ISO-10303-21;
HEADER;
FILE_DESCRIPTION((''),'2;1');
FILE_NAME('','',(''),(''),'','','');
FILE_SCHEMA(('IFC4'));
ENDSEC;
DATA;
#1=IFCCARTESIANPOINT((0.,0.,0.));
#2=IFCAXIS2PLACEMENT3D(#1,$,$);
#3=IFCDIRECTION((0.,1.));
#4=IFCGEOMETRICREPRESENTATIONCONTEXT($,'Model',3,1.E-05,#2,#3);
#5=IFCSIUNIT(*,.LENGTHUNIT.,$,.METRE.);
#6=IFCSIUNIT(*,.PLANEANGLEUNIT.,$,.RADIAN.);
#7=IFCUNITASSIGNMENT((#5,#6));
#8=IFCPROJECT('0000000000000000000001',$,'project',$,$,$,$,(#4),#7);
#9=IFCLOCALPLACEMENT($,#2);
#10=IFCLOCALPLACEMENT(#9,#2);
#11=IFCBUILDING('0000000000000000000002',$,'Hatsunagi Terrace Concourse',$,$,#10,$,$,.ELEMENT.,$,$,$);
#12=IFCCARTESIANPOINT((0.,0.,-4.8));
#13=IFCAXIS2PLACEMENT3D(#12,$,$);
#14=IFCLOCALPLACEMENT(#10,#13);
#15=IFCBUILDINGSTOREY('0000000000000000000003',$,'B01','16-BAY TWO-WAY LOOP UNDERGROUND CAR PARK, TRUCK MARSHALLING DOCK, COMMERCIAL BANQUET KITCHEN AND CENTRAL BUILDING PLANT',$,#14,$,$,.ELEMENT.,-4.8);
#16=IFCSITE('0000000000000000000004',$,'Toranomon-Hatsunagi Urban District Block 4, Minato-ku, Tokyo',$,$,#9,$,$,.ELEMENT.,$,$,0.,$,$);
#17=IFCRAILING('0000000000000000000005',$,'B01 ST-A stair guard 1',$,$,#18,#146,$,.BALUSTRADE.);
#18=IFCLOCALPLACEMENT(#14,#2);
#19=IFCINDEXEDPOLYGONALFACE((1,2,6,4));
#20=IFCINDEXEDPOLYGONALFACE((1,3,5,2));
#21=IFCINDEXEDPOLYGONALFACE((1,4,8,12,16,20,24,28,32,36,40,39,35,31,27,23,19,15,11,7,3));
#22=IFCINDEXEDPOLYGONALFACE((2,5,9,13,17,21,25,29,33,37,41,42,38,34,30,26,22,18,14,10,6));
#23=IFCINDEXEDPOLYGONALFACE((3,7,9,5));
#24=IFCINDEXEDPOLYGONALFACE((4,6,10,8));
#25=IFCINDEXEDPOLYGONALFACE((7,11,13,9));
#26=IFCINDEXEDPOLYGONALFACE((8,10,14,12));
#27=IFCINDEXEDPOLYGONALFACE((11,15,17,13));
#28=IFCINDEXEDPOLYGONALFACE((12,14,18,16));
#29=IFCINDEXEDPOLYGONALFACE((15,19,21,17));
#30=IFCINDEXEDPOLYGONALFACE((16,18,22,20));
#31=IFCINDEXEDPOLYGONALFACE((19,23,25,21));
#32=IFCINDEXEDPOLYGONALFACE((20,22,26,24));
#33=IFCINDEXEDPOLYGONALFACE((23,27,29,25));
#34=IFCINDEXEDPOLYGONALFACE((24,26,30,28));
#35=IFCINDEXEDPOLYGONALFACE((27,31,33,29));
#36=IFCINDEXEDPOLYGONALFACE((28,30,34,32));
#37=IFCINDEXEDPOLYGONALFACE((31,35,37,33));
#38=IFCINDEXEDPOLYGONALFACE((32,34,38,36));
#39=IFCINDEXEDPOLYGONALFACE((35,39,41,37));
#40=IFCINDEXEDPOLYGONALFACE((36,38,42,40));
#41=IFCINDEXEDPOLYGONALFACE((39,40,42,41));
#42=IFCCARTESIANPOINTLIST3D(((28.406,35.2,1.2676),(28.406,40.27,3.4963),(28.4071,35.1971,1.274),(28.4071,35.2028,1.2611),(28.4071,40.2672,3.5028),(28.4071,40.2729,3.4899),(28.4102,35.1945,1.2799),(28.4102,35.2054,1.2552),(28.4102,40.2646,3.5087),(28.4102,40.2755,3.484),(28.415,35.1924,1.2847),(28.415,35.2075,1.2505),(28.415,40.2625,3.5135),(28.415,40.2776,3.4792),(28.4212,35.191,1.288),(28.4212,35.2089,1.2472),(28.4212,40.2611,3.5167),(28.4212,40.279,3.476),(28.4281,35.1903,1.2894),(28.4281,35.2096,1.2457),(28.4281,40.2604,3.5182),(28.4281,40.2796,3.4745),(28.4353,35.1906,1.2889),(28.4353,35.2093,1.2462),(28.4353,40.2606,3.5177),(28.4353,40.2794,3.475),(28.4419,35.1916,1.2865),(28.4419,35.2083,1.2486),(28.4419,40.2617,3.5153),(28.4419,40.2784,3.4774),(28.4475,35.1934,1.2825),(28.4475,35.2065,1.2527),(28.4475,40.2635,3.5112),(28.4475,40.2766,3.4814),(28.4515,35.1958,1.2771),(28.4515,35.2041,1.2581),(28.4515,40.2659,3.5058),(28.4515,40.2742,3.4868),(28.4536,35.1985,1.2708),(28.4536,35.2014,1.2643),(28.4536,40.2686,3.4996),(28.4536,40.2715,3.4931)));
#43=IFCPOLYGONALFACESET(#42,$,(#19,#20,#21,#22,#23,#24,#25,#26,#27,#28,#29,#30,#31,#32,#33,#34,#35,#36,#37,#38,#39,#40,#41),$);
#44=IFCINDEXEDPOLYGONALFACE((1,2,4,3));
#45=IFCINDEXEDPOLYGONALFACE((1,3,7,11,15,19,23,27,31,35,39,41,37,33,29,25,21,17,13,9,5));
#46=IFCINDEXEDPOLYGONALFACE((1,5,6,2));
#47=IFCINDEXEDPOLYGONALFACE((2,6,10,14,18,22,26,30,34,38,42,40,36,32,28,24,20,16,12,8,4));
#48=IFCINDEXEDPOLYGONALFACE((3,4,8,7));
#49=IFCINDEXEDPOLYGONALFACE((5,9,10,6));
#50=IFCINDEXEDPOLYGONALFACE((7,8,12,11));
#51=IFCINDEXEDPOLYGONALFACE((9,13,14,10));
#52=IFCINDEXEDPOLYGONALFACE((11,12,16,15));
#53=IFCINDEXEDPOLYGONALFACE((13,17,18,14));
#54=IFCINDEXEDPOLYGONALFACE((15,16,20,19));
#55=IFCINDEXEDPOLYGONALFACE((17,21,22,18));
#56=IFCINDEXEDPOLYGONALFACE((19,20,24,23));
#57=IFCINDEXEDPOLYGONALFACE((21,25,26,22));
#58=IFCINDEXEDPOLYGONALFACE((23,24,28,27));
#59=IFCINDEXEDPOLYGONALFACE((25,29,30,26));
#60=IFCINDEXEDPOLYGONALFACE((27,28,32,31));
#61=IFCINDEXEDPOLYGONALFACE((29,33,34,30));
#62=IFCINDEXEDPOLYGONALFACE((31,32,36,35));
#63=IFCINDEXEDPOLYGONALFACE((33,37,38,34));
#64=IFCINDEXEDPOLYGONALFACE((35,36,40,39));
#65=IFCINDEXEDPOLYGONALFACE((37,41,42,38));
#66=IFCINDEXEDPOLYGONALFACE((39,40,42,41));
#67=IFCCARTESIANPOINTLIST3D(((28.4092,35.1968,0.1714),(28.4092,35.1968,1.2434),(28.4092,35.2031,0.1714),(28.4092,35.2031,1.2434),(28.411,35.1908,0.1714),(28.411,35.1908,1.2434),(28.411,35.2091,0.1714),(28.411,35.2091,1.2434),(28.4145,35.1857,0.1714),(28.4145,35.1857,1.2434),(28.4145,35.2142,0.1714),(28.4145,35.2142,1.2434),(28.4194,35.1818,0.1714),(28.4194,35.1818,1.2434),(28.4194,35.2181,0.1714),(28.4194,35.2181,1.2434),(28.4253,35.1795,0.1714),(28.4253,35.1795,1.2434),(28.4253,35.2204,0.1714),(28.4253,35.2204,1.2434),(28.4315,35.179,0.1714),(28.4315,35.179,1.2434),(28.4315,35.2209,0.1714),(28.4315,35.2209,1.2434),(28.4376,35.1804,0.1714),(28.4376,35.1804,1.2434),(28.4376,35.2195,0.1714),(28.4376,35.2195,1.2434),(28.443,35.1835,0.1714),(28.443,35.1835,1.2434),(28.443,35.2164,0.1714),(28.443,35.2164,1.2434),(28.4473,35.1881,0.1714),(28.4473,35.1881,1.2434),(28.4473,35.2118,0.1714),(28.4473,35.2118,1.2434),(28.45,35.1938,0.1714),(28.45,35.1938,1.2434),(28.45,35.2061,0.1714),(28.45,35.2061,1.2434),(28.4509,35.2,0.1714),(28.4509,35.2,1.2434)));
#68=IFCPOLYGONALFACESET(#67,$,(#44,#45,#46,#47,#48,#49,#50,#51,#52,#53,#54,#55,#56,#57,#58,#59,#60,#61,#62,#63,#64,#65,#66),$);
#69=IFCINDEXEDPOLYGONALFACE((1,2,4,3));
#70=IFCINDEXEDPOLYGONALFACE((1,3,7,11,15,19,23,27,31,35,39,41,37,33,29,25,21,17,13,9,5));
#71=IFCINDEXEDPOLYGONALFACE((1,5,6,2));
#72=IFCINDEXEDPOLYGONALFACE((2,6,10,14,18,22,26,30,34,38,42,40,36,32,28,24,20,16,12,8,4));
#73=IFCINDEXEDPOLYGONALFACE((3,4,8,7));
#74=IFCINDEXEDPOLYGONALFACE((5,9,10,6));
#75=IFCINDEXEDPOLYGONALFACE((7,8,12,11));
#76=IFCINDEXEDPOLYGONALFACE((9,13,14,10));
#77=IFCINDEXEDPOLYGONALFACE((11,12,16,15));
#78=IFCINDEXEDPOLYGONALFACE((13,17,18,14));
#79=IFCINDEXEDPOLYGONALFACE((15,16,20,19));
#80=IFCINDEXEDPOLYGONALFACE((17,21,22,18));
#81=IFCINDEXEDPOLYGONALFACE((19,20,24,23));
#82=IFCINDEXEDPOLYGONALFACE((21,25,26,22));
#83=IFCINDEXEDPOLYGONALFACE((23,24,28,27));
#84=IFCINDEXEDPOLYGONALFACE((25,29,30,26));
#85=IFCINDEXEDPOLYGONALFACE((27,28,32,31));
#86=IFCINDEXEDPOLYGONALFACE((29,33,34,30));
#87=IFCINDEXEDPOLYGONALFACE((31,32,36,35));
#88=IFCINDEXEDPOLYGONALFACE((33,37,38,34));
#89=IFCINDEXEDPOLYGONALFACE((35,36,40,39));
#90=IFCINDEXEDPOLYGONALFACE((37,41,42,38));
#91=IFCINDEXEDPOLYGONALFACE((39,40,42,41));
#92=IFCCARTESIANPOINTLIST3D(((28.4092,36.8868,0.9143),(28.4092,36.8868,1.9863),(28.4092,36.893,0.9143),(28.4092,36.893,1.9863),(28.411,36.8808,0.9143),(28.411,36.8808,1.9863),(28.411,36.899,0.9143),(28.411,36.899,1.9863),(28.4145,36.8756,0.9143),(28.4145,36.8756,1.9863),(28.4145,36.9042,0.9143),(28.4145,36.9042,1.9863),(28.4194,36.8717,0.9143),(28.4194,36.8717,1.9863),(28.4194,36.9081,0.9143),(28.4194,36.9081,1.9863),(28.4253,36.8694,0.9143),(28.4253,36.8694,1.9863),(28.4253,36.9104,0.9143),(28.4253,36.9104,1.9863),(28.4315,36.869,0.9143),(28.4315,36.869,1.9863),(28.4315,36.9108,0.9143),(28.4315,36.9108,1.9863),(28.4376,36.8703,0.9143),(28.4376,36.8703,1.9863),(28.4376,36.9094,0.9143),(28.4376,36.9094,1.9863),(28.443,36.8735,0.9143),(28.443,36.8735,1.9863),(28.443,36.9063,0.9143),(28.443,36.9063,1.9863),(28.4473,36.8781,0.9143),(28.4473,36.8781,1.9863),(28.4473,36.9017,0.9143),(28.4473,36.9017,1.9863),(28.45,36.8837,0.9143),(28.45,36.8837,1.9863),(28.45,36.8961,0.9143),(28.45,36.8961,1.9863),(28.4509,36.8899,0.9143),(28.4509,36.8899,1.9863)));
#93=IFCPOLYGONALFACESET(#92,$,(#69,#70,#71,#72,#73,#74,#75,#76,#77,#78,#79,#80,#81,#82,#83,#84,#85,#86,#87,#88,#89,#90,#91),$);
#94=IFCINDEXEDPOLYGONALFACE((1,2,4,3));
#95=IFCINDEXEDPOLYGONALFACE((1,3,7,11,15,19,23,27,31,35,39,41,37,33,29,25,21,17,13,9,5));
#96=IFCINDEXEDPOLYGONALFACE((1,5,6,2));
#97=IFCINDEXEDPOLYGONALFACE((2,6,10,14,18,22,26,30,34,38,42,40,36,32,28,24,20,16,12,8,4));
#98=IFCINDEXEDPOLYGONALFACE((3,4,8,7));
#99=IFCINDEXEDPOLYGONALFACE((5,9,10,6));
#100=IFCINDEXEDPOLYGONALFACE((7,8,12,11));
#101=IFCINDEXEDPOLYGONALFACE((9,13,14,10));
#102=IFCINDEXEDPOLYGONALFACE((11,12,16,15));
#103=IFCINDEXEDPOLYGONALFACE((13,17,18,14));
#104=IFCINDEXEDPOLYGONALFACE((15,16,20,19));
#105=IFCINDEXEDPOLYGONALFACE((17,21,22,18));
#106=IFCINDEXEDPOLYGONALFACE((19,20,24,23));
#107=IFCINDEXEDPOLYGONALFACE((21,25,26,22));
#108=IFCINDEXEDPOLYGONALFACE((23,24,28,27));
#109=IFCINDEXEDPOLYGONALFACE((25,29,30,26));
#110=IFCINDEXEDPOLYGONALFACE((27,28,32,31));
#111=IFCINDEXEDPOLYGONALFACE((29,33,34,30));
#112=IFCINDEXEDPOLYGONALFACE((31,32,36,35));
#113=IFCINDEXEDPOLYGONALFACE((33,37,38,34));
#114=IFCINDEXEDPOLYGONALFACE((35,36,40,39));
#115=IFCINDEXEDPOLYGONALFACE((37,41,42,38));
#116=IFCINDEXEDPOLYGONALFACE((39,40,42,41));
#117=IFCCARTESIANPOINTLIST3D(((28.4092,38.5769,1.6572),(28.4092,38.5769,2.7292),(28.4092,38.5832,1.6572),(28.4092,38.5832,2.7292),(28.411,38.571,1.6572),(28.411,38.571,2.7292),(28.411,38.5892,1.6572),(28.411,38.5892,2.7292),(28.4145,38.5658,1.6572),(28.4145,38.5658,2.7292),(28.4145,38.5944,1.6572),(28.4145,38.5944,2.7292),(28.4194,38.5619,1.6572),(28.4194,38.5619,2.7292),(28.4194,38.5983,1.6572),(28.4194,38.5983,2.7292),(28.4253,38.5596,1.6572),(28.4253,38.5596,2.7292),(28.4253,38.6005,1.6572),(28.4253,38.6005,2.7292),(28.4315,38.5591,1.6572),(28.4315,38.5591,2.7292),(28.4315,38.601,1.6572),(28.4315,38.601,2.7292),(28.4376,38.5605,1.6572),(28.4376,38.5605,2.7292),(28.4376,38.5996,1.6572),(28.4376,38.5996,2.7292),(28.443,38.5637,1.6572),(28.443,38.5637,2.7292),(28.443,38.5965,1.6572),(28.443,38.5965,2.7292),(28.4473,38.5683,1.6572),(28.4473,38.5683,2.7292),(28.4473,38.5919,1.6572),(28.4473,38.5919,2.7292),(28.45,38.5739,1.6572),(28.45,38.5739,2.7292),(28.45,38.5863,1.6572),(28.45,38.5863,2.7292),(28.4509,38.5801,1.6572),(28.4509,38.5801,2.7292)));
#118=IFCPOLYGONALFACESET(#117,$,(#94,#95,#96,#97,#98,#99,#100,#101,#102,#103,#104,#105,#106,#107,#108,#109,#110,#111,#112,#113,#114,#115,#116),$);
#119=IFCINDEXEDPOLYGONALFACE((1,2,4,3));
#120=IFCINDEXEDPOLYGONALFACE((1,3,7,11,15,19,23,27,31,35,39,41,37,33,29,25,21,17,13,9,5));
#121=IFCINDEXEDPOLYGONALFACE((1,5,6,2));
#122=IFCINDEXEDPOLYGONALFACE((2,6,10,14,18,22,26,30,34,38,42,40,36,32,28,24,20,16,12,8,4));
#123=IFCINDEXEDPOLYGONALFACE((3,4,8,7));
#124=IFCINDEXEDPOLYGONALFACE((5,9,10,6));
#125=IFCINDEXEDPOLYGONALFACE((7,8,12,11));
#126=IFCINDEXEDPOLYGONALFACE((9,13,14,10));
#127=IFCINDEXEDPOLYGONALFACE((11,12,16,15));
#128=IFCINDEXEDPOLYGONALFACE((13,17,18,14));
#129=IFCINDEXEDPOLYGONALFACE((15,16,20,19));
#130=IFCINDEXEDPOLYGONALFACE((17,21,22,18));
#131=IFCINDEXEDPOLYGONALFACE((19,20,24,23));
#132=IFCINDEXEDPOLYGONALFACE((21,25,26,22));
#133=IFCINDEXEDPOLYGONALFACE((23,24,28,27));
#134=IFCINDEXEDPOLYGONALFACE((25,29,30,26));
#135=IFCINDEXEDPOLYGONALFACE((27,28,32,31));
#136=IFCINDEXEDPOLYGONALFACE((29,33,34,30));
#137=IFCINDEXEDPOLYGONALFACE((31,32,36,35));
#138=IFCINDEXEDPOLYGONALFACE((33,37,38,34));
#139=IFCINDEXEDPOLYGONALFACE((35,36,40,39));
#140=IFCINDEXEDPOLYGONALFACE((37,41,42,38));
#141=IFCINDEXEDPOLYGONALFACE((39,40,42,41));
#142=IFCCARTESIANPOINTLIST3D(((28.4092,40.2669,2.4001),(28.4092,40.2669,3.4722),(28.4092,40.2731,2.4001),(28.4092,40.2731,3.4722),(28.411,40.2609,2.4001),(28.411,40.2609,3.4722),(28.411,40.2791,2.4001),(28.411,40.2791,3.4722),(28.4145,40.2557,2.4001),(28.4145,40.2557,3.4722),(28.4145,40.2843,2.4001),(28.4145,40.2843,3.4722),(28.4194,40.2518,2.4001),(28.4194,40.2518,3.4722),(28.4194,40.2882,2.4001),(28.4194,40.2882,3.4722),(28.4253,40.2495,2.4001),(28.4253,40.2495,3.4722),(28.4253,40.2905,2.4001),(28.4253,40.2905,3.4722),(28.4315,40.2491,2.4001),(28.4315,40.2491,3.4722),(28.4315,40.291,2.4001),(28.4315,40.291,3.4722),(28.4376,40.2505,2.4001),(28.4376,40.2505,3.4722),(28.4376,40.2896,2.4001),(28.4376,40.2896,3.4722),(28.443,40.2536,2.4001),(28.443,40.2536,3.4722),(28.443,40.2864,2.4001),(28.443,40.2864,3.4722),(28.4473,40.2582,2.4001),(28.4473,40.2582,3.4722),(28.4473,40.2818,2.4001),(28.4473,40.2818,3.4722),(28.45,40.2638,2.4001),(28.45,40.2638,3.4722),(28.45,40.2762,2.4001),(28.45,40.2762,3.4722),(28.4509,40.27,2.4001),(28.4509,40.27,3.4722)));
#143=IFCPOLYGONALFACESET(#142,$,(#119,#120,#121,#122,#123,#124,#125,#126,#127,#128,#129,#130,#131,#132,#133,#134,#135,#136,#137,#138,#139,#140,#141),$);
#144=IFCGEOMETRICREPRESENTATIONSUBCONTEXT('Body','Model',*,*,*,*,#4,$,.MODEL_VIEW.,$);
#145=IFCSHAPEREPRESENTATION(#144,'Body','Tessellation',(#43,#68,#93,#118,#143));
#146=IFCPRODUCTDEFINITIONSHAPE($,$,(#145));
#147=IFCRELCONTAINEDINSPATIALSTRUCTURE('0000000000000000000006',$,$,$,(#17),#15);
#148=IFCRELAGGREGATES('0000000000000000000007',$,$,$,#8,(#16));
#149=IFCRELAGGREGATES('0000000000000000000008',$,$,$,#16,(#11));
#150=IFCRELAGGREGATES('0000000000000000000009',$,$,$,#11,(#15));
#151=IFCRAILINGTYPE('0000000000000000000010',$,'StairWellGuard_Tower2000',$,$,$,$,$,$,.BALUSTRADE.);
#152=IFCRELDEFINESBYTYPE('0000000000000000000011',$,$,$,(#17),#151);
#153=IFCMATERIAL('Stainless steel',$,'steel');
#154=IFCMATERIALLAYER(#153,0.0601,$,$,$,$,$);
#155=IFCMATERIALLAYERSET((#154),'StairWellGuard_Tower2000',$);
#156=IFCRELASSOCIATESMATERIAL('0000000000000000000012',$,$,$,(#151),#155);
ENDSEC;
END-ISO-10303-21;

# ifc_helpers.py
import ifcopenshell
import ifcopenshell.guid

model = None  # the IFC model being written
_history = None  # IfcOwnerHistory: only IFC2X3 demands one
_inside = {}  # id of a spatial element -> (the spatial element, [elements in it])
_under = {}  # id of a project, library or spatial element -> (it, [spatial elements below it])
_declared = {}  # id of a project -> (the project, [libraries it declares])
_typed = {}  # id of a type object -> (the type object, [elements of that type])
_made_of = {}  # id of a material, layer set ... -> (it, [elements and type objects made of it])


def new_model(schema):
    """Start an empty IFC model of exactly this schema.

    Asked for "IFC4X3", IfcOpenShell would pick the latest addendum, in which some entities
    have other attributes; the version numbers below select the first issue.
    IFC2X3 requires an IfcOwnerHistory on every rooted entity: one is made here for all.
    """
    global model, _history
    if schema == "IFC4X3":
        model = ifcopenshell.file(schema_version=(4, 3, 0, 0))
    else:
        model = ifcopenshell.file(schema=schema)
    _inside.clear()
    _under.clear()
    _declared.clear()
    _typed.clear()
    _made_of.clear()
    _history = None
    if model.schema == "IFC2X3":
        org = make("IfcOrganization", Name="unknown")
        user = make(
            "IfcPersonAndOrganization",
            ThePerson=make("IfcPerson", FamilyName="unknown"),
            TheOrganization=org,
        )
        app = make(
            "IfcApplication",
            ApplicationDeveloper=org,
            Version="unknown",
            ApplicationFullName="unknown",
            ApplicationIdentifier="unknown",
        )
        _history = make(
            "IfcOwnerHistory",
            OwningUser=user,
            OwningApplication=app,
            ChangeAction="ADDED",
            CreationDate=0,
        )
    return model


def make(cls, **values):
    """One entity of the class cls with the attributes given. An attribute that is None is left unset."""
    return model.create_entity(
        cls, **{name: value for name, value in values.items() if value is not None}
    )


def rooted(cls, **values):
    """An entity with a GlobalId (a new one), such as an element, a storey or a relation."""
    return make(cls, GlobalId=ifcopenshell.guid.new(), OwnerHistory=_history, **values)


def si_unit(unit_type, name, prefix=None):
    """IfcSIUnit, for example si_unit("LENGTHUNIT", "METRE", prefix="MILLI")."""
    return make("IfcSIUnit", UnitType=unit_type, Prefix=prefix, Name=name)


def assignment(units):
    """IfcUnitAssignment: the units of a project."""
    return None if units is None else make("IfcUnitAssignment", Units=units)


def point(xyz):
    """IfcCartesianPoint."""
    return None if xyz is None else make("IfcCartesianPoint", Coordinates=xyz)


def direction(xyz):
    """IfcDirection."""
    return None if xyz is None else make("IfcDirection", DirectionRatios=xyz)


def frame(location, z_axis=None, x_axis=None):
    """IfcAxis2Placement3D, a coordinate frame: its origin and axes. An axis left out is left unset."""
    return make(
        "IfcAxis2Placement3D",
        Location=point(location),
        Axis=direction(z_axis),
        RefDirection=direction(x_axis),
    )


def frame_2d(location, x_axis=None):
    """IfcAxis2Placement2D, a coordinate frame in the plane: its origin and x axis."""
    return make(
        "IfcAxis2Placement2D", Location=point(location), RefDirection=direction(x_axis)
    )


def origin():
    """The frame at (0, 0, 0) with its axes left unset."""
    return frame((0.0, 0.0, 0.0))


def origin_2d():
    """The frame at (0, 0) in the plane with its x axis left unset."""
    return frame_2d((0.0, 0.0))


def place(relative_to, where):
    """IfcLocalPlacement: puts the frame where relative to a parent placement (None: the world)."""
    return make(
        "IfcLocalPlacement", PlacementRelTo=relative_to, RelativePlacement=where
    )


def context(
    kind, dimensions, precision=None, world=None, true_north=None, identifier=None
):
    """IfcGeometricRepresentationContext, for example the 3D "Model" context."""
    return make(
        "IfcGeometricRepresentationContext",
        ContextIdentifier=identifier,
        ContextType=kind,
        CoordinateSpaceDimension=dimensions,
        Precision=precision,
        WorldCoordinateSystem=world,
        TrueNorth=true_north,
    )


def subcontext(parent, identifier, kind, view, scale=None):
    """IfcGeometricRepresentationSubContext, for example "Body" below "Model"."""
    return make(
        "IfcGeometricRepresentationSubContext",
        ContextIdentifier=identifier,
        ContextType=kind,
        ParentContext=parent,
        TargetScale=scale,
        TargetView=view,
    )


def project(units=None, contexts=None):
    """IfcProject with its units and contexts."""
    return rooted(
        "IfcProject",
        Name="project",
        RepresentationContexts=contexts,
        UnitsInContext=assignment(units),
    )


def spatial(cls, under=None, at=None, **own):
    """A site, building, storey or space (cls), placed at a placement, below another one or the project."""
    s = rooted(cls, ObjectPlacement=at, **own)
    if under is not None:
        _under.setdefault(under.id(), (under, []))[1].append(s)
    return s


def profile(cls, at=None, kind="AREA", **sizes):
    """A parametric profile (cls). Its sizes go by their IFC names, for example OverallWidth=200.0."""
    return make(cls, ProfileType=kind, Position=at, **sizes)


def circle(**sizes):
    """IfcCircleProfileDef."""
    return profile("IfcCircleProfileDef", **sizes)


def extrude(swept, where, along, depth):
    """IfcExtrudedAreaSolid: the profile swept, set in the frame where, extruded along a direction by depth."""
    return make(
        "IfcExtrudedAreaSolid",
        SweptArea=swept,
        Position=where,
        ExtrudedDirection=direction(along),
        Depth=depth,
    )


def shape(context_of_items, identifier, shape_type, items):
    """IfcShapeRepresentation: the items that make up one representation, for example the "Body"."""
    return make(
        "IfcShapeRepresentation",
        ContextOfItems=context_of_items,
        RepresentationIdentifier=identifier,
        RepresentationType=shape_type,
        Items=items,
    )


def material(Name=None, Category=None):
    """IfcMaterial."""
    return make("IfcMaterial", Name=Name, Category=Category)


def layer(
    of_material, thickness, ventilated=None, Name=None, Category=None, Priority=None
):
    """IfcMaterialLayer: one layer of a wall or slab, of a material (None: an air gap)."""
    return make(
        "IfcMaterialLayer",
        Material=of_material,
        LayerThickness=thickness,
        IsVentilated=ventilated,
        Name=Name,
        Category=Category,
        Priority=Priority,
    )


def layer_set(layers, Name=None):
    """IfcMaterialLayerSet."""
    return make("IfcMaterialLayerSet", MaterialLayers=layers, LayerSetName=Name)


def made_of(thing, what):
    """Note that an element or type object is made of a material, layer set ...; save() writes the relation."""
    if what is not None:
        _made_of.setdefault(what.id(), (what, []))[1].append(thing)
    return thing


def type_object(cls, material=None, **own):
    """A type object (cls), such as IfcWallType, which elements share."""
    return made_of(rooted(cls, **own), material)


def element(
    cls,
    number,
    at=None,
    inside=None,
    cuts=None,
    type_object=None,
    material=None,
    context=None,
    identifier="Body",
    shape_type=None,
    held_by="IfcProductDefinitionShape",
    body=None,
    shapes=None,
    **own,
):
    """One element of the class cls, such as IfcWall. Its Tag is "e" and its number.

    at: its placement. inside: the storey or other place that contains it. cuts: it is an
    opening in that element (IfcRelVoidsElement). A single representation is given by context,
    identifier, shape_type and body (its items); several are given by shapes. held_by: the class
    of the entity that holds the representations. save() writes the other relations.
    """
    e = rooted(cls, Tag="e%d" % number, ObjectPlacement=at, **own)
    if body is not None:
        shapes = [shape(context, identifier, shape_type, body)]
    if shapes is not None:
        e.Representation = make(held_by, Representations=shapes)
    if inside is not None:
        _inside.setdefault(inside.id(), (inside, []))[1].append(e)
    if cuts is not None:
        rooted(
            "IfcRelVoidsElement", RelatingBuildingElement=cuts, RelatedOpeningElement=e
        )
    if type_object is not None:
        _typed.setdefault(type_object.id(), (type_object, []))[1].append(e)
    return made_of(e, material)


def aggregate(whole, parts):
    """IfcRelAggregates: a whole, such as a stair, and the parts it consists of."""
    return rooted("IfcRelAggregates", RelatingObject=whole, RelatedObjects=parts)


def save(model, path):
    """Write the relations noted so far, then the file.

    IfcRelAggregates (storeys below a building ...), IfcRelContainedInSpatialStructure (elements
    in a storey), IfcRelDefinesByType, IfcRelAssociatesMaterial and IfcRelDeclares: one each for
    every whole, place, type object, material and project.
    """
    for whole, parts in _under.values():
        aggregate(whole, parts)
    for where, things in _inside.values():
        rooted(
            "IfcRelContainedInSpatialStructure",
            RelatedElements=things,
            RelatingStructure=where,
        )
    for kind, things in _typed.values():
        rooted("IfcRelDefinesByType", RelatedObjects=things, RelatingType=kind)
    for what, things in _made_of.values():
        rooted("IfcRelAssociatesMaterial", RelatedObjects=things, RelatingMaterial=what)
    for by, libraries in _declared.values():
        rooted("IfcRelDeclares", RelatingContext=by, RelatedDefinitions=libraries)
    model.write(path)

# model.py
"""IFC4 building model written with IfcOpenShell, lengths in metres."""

from ifc_helpers import new_model, si_unit, direction, frame, origin, origin_2d, place, context, subcontext, project, spatial, circle, extrude, material, layer, layer_set, type_object, element, save


model = new_model("IFC4")

# Units and contexts
model_context = context("Model", 3, precision=1e-05, world=origin(), true_north=direction((0.0, 1.0)))
body_context = subcontext(model_context, "Body", "Model", "MODEL_VIEW")
ifc_project = project(units=[si_unit("LENGTHUNIT", "METRE"), si_unit("PLANEANGLEUNIT", "RADIAN")], contexts=[model_context])

# Site, building, storey
site_placement = place(None, origin())
site = spatial("IfcSite", under=ifc_project, at=site_placement, Name="Toranomon-Hatsunagi Urban District Block 4, Minato-ku, Tokyo", CompositionType="ELEMENT", RefElevation=0.0)
building_placement = place(site_placement, origin())
building = spatial("IfcBuilding", under=site, at=building_placement, Name="Hatsunagi Terrace Concourse", CompositionType="ELEMENT")
storey_placement = place(building_placement, frame((0.0, 0.0, -4.8)))
storey = spatial("IfcBuildingStorey", under=building, at=storey_placement, Name="B01", Description="16-BAY TWO-WAY LOOP UNDERGROUND CAR PARK, TRUCK MARSHALLING DOCK, COMMERCIAL BANQUET KITCHEN AND CENTRAL BUILDING PLANT", CompositionType="ELEMENT", Elevation=-4.8)

# Railing
ifc_material_1 = material(Name="Stainless steel", Category="steel")
ifc_layer_1 = layer(ifc_material_1, 0.0601)
ifc_layer_set_1 = layer_set([ifc_layer_1], Name="StairWellGuard_Tower2000")
railing_type_1 = type_object("IfcRailingType", Name="StairWellGuard_Tower2000", PredefinedType="BALUSTRADE", material=ifc_layer_set_1)
railing_1_placement = place(storey_placement, frame((28.4299, 35.2, 0.1714)))
element("IfcRailing", 1, at=railing_1_placement, inside=storey, type_object=railing_type_1, Name="B01 ST-A stair guard 1", PredefinedType="BALUSTRADE", context=body_context, shape_type="SweptSolid", body=[
    extrude(circle(Radius=0.0239, at=origin_2d()), frame((0.0, 0.0, 1.0962), z_axis=(0.0, 0.915453, 0.402425), x_axis=(-1.0, 0.0, 0.0)), (0.0, 0.0, 1.0), 5.5383),
    extrude(circle(Radius=0.021, at=origin_2d()), origin(), (0.0, 0.0, 1.0), 1.072),
    extrude(circle(Radius=0.021, at=origin_2d()), frame((0.0, 1.6899, 0.7429)), (0.0, 0.0, 1.0), 1.072),
    extrude(circle(Radius=0.021, at=origin_2d()), frame((0.0, 3.3801, 1.4858)), (0.0, 0.0, 1.0), 1.072),
    extrude(circle(Radius=0.021, at=origin_2d()), frame((0.0, 5.0701, 2.2288)), (0.0, 0.0, 1.0), 1.072),
])

save(model, "model.ifc")
